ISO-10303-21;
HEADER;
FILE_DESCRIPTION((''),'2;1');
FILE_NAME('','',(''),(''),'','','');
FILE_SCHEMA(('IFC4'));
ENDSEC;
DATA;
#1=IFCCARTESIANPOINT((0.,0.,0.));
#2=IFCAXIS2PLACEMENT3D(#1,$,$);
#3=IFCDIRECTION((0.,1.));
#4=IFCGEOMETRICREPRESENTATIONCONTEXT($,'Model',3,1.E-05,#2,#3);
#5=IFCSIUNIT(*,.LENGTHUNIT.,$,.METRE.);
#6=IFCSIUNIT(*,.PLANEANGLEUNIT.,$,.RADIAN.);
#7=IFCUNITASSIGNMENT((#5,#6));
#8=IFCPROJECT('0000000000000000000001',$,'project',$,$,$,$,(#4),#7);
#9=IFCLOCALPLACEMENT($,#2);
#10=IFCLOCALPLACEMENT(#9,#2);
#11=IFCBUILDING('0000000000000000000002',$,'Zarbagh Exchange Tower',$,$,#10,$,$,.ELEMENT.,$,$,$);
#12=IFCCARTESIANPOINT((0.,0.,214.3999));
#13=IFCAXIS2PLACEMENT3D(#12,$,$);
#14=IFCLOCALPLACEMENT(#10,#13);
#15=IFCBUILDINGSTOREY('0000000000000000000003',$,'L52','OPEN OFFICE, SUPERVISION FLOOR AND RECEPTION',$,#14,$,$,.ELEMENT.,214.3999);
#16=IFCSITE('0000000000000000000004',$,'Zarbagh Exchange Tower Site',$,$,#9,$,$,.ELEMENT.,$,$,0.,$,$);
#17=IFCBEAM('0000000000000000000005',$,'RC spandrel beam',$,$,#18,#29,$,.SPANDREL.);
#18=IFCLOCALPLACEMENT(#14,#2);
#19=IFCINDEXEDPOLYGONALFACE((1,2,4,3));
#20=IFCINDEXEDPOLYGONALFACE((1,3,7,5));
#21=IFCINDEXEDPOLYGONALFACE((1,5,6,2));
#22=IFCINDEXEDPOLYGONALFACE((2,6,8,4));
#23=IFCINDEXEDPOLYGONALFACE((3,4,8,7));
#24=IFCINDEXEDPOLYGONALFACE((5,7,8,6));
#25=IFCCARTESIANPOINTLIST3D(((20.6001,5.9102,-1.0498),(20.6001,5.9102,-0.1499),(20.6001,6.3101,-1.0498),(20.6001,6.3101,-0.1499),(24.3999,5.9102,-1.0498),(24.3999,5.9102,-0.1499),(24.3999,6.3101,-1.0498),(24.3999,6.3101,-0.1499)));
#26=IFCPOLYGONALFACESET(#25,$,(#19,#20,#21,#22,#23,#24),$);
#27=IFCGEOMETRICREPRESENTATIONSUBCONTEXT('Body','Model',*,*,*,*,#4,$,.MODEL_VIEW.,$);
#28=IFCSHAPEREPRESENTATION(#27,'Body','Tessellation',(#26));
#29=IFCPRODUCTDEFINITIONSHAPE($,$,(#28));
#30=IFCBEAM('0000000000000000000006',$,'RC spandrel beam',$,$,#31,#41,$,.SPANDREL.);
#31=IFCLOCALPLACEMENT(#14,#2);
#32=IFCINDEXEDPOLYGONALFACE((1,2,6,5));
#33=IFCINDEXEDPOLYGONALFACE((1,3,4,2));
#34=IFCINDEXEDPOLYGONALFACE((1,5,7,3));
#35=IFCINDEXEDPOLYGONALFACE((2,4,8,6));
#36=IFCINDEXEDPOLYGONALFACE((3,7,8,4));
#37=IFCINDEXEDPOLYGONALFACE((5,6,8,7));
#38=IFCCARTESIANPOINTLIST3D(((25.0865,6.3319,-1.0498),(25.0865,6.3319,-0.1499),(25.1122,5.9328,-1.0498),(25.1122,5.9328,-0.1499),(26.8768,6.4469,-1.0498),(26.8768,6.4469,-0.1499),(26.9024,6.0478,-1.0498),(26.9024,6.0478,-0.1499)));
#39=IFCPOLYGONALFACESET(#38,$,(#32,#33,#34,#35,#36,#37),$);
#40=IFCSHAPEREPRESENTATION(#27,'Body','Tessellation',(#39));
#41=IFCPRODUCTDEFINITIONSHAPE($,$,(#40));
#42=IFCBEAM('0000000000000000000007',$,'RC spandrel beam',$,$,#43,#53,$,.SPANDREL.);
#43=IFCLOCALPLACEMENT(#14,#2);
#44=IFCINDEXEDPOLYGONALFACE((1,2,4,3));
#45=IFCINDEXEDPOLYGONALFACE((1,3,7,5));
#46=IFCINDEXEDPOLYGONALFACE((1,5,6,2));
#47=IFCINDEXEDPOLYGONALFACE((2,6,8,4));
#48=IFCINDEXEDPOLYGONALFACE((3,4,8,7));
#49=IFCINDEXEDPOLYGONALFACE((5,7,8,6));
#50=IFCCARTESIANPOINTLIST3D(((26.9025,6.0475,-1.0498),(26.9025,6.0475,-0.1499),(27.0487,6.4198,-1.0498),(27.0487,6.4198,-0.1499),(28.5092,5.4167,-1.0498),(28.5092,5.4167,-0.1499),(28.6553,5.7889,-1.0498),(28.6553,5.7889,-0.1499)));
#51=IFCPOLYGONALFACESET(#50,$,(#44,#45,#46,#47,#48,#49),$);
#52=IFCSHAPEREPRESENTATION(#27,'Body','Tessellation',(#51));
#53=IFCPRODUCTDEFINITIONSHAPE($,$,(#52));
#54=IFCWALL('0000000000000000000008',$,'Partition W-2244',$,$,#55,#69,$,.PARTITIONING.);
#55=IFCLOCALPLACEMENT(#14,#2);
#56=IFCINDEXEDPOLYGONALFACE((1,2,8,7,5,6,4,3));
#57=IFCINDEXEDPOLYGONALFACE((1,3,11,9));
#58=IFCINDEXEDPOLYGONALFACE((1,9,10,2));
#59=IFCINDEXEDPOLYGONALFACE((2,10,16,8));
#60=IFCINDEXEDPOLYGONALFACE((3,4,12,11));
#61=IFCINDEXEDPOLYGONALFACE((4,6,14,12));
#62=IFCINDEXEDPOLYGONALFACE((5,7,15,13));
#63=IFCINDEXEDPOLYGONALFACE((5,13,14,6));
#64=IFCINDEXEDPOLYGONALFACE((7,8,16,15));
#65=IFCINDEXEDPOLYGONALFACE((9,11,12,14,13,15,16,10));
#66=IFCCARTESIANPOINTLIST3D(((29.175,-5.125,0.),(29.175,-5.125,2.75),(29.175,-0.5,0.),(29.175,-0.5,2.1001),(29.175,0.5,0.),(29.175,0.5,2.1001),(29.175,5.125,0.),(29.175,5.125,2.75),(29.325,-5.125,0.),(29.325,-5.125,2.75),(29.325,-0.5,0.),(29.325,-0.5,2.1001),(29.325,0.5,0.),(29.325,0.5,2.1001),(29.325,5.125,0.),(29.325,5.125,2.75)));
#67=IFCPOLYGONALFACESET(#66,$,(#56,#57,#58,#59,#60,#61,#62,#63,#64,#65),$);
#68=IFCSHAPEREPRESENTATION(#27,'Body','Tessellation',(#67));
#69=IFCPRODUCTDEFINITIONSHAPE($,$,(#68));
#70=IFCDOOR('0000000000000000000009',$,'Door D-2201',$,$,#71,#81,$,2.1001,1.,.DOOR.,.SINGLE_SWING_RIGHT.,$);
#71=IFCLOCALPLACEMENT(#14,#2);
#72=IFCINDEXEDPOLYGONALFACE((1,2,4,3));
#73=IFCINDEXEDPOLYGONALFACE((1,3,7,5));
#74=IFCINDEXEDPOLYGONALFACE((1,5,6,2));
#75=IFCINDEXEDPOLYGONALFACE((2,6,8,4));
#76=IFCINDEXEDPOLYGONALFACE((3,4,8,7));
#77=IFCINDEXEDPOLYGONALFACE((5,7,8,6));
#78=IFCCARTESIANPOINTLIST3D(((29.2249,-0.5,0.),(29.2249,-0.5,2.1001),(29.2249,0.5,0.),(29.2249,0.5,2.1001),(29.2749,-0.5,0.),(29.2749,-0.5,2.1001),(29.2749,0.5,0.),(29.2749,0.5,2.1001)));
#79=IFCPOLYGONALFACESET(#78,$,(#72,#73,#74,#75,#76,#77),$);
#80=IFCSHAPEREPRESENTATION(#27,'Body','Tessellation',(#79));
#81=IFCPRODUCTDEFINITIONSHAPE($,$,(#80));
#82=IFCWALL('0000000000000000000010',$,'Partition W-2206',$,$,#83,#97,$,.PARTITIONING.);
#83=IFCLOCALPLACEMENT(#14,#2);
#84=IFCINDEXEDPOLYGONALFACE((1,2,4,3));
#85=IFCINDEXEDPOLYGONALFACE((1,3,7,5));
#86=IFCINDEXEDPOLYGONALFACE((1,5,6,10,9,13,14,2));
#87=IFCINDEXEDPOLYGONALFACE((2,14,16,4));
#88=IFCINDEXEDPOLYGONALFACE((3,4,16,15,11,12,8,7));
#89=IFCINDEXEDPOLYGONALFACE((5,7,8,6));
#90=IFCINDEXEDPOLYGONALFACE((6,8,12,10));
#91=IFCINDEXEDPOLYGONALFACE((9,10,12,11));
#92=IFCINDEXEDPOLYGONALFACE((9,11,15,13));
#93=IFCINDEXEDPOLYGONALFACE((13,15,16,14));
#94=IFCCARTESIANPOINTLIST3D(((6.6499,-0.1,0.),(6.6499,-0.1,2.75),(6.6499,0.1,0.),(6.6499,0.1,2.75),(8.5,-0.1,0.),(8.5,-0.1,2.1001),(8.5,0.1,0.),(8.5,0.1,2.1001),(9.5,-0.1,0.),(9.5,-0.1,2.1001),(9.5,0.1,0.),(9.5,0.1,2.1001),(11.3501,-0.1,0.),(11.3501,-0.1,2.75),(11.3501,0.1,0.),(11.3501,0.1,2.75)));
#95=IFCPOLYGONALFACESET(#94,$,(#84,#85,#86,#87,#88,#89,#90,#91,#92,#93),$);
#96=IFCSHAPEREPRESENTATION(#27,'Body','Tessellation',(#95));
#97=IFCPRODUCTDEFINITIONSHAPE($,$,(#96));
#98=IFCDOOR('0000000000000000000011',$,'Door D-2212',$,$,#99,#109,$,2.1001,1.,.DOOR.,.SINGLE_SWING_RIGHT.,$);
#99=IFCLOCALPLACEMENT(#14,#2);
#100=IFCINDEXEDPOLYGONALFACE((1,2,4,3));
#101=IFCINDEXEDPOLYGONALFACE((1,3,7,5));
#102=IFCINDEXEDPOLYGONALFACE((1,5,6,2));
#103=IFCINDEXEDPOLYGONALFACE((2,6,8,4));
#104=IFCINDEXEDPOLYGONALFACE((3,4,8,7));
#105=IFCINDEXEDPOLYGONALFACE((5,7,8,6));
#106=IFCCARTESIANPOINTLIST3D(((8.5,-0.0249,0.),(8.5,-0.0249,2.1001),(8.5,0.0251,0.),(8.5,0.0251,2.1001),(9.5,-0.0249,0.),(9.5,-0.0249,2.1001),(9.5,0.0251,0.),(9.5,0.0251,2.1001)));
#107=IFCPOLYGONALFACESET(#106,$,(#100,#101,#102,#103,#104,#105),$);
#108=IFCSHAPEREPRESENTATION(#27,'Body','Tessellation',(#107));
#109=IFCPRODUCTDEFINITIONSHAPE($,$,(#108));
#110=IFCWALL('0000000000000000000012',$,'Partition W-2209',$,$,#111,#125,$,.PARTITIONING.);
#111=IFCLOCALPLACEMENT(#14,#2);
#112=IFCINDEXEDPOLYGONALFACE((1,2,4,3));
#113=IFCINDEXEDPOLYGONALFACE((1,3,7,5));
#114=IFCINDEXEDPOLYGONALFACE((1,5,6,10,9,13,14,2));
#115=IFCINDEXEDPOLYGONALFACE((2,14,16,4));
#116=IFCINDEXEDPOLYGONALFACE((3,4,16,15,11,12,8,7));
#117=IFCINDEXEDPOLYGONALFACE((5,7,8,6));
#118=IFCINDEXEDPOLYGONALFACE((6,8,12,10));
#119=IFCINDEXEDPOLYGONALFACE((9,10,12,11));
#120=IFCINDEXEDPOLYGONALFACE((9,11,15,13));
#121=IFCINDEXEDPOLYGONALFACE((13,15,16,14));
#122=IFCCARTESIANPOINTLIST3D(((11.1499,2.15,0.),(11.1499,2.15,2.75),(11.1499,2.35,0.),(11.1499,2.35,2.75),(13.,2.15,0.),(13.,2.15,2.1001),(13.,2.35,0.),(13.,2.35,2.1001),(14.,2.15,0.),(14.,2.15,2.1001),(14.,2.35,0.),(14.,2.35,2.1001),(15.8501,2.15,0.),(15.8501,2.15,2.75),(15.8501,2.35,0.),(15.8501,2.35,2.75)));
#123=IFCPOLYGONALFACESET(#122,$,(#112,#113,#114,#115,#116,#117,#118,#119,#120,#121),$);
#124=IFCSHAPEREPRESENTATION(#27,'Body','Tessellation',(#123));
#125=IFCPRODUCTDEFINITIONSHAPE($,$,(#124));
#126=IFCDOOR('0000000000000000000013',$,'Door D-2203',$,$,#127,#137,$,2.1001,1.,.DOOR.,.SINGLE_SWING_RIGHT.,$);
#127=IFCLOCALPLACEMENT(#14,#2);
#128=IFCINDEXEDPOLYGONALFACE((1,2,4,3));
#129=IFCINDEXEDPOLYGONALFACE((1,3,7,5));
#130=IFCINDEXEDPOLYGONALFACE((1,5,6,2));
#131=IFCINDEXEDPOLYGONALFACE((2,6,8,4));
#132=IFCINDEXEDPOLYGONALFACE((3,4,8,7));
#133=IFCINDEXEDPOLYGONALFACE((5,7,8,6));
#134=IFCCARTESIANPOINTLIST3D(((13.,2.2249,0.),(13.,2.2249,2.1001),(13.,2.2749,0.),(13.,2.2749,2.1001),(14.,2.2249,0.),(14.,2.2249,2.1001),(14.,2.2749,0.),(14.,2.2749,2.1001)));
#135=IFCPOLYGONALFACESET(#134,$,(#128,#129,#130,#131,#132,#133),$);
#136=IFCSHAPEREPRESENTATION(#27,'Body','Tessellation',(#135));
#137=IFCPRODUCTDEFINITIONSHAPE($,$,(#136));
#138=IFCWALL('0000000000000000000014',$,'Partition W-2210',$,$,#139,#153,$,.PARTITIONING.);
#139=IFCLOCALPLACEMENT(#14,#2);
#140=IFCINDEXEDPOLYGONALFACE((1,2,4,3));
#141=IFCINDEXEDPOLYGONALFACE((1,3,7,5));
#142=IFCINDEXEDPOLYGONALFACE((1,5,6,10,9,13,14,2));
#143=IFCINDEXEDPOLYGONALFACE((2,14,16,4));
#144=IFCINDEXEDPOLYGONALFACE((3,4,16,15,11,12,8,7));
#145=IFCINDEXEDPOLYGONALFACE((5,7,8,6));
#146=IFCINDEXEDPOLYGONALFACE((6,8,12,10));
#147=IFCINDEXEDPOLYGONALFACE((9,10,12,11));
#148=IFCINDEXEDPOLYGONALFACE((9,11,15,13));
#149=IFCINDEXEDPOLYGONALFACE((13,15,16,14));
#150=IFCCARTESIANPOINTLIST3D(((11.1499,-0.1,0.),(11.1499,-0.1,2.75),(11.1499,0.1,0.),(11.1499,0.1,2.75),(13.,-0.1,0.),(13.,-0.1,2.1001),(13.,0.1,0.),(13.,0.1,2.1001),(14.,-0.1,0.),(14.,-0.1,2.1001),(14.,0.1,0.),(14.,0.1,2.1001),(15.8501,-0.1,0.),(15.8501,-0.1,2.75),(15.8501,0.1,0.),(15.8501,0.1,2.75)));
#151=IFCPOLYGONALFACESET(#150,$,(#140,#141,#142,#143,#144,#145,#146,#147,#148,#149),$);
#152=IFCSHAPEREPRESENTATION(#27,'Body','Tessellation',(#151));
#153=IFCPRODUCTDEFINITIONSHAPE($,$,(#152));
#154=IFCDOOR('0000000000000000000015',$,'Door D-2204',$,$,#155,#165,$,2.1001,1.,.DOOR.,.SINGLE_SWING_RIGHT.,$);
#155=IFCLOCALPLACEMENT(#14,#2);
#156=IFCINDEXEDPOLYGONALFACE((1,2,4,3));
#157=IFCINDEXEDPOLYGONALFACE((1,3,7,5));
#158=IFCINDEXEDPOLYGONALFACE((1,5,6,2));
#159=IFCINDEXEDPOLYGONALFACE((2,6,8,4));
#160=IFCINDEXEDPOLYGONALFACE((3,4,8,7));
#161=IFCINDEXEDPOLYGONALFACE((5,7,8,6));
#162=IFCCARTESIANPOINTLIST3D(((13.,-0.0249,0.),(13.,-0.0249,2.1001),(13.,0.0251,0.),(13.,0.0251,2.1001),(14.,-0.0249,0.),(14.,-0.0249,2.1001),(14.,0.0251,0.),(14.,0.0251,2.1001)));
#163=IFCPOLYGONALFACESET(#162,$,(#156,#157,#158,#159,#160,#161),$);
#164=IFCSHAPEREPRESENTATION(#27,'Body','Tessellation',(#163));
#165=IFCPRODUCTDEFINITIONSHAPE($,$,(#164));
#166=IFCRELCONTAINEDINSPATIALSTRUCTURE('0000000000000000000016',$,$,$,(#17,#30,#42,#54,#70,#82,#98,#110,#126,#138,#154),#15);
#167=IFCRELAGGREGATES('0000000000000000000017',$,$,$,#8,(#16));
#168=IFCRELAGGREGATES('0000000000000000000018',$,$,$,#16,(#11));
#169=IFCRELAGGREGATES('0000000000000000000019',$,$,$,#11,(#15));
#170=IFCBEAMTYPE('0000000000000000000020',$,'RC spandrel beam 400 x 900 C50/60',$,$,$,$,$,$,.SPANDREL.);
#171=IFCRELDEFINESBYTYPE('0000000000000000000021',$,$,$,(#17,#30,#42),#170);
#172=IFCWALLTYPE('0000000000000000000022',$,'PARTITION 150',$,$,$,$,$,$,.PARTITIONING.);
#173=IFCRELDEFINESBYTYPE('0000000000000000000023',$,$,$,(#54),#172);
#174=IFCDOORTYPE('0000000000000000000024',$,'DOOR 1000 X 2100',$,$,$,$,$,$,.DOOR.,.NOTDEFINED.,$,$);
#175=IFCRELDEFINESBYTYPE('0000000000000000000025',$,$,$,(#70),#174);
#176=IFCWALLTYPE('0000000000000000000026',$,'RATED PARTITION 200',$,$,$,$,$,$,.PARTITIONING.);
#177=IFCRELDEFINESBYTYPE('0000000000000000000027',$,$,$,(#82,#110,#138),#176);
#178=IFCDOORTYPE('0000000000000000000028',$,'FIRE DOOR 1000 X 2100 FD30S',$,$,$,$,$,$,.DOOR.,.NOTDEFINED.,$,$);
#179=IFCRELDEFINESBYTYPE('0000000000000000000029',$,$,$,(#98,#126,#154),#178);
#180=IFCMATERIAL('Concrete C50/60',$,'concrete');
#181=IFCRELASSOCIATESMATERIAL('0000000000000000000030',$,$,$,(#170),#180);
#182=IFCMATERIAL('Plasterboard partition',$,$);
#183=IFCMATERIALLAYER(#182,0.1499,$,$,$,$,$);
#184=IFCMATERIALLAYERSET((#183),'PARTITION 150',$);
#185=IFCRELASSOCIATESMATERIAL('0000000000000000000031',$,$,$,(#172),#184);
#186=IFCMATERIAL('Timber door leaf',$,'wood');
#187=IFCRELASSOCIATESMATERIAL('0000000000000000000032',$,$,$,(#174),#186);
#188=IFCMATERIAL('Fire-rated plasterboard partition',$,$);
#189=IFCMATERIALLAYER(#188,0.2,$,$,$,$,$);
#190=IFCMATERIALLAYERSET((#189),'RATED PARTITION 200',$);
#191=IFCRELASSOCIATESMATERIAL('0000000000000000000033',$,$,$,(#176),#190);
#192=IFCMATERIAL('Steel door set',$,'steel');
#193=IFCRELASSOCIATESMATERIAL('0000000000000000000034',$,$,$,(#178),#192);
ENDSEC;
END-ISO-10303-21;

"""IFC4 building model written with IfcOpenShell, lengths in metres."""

from ifc_helpers import new_model, si_unit, direction, frame, frame_2d, origin, origin_2d, place, context, subcontext, project, spatial, rectangle, extrude, material, layer, layer_set, material_profile, profile_set, type_object, element, fill, save


model = new_model("IFC4")

# Units and contexts
model_context = context("Model", 3, precision=1e-05, world=origin(), true_north=direction((0.0, 1.0)))
body_context = subcontext(model_context, "Body", "Model", "MODEL_VIEW")
ifc_project = project(units=[si_unit("LENGTHUNIT", "METRE"), si_unit("PLANEANGLEUNIT", "RADIAN")], contexts=[model_context])

# Site, building, storey
site_placement = place(None, origin())
site = spatial("IfcSite", under=ifc_project, at=site_placement, Name="Zarbagh Exchange Tower Site", CompositionType="ELEMENT", RefElevation=0.0)
building_placement = place(site_placement, origin())
building = spatial("IfcBuilding", under=site, at=building_placement, Name="Zarbagh Exchange Tower", CompositionType="ELEMENT")
storey_placement = place(building_placement, frame((0.0, 0.0, 214.3999)))
storey = spatial("IfcBuildingStorey", under=building, at=storey_placement, Name="L52", Description="OPEN OFFICE, SUPERVISION FLOOR AND RECEPTION", CompositionType="ELEMENT", Elevation=214.3999)

# Shared definitions
ifc_material_1 = material(Name="Concrete C50/60", Category="concrete")

# Beams
ifc_material_profile_1 = material_profile(ifc_material_1, rectangle(XDim=0.3999, YDim=0.8999, at=origin_2d()), Name="RC spandrel beam 400 x 900 C50/60")
ifc_profile_set_1 = profile_set([ifc_material_profile_1], Name="Concrete C50/60")
beam_type_1 = type_object("IfcBeamType", Name="RC spandrel beam 400 x 900 C50/60", PredefinedType="SPANDREL", material=ifc_profile_set_1)
beam_1_placement = place(storey_placement, frame((20.6001, 6.1101, -0.5999), z_axis=(1.0, 0.0, 0.0), x_axis=(0.0, 1.0, 0.0)))
element("IfcBeam", 1, at=beam_1_placement, inside=storey, type_object=beam_type_1, Name="RC spandrel beam", PredefinedType="SPANDREL", context=body_context, shape_type="SweptSolid", body=[
    extrude(rectangle(XDim=0.3999, YDim=0.8999, at=origin_2d()), origin(), (0.0, 0.0, 1.0), 3.7998),
])
beam_2_placement = place(storey_placement, frame((25.0994, 6.1323, -0.5999), z_axis=(0.997944, 0.064098, 0.0), x_axis=(-0.064098, 0.997944, 0.0)))
element("IfcBeam", 2, at=beam_2_placement, inside=storey, type_object=beam_type_1, Name="RC spandrel beam", PredefinedType="SPANDREL", context=body_context, shape_type="SweptSolid", body=[
    extrude(rectangle(XDim=0.3999, YDim=0.8999, at=origin_2d()), origin(), (0.0, 0.0, 1.0), 1.7939),
])
beam_3_placement = place(storey_placement, frame((26.9756, 6.2336, -0.5999), z_axis=(0.930819, -0.365482, 0.0), x_axis=(0.365482, 0.930819, 0.0)))
element("IfcBeam", 3, at=beam_3_placement, inside=storey, type_object=beam_type_1, Name="RC spandrel beam", PredefinedType="SPANDREL", context=body_context, shape_type="SweptSolid", body=[
    extrude(rectangle(XDim=0.3999, YDim=0.8999, at=origin_2d()), origin(), (0.0, 0.0, 1.0), 1.7261),
])

# Walls, openings, doors
ifc_material_2 = material(Name="Plasterboard partition")
ifc_layer_1 = layer(ifc_material_2, 0.1499)
ifc_layer_set_1 = layer_set([ifc_layer_1], Name="PARTITION 150")
wall_type_1 = type_object("IfcWallType", Name="PARTITION 150", PredefinedType="PARTITIONING", material=ifc_layer_set_1)
wall_1_placement = place(storey_placement, frame((29.25, 5.125, 0.0), z_axis=(0.0, 0.0, 1.0), x_axis=(0.0, -1.0, 0.0)))
wall_1 = element("IfcWall", 4, at=wall_1_placement, inside=storey, type_object=wall_type_1, Name="Partition W-2244", PredefinedType="PARTITIONING", context=body_context, shape_type="SweptSolid", body=[
    extrude(rectangle(XDim=10.25, YDim=0.1499, at=frame_2d((5.125, 0.0))), origin(), (0.0, 0.0, 1.0), 2.75),
])
opening_1_placement = place(wall_1_placement, frame((4.625, 0.0, 0.0)))
opening_1 = element("IfcOpeningElement", 5, at=opening_1_placement, cuts=wall_1, PredefinedType="OPENING", context=body_context, shape_type="SweptSolid", body=[
    extrude(rectangle(XDim=1.0, YDim=2.1001, at=frame_2d((0.5, 1.05))), frame((0.0, 0.085, 0.0), z_axis=(0.0, -1.0, 0.0), x_axis=(1.0, 0.0, 0.0)), (0.0, 0.0, 1.0), 0.1699),
])
ifc_material_3 = material(Name="Timber door leaf", Category="wood")
door_type_1 = type_object("IfcDoorType", Name="DOOR 1000 X 2100", OperationType="NOTDEFINED", PredefinedType="DOOR", material=ifc_material_3)
door_1_placement = place(opening_1_placement, origin())
door_1 = element("IfcDoor", 6, at=door_1_placement, inside=storey, type_object=door_type_1, Name="Door D-2201", OperationType="SINGLE_SWING_RIGHT", OverallHeight=2.1001, OverallWidth=1.0, PredefinedType="DOOR", context=body_context, shape_type="SweptSolid", body=[
    extrude(rectangle(XDim=1.0, YDim=2.1001, at=frame_2d((0.5, 1.05))), frame((0.0, 0.0249, 0.0), z_axis=(0.0, -1.0, 0.0), x_axis=(1.0, 0.0, 0.0)), (0.0, 0.0, 1.0), 0.05),
])
fill(opening_1, door_1)
ifc_material_4 = material(Name="Fire-rated plasterboard partition")
ifc_layer_2 = layer(ifc_material_4, 0.2)
ifc_layer_set_2 = layer_set([ifc_layer_2], Name="RATED PARTITION 200")
wall_type_2 = type_object("IfcWallType", Name="RATED PARTITION 200", PredefinedType="PARTITIONING", material=ifc_layer_set_2)
wall_2_placement = place(storey_placement, frame((11.3501, 0.0, 0.0), z_axis=(0.0, 0.0, 1.0), x_axis=(-1.0, 0.0, 0.0)))
wall_2 = element("IfcWall", 7, at=wall_2_placement, inside=storey, type_object=wall_type_2, Name="Partition W-2206", PredefinedType="PARTITIONING", context=body_context, shape_type="SweptSolid", body=[
    extrude(rectangle(XDim=4.7002, YDim=0.2, at=frame_2d((2.3501, 0.0))), origin(), (0.0, 0.0, 1.0), 2.75),
])
opening_2_placement = place(wall_2_placement, frame((1.8501, 0.0, 0.0)))
opening_2 = element("IfcOpeningElement", 8, at=opening_2_placement, cuts=wall_2, PredefinedType="OPENING", context=body_context, shape_type="SweptSolid", body=[
    extrude(rectangle(XDim=1.0, YDim=2.1001, at=frame_2d((0.5, 1.05))), frame((0.0, 0.1099, 0.0), z_axis=(0.0, -1.0, 0.0), x_axis=(1.0, 0.0, 0.0)), (0.0, 0.0, 1.0), 0.22),
])
ifc_material_5 = material(Name="Steel door set", Category="steel")
door_type_2 = type_object("IfcDoorType", Name="FIRE DOOR 1000 X 2100 FD30S", OperationType="NOTDEFINED", PredefinedType="DOOR", material=ifc_material_5)
door_2_placement = place(opening_2_placement, origin())
door_2 = element("IfcDoor", 9, at=door_2_placement, inside=storey, type_object=door_type_2, Name="Door D-2212", OperationType="SINGLE_SWING_RIGHT", OverallHeight=2.1001, OverallWidth=1.0, PredefinedType="DOOR", context=body_context, shape_type="SweptSolid", body=[
    extrude(rectangle(XDim=1.0, YDim=2.1001, at=frame_2d((0.5, 1.05))), frame((0.0, 0.0249, 0.0), z_axis=(0.0, -1.0, 0.0), x_axis=(1.0, 0.0, 0.0)), (0.0, 0.0, 1.0), 0.05),
])
fill(opening_2, door_2)
wall_3_placement = place(storey_placement, frame((11.1499, 2.25, 0.0), z_axis=(0.0, 0.0, 1.0), x_axis=(1.0, 0.0, 0.0)))
wall_3 = element("IfcWall", 10, at=wall_3_placement, inside=storey, type_object=wall_type_2, Name="Partition W-2209", PredefinedType="PARTITIONING", context=body_context, shape_type="SweptSolid", body=[
    extrude(rectangle(XDim=4.7002, YDim=0.2, at=frame_2d((2.3501, 0.0))), origin(), (0.0, 0.0, 1.0), 2.75),
])
opening_3_placement = place(wall_3_placement, frame((1.8501, 0.0, 0.0)))
opening_3 = element("IfcOpeningElement", 11, at=opening_3_placement, cuts=wall_3, PredefinedType="OPENING", context=body_context, shape_type="SweptSolid", body=[
    extrude(rectangle(XDim=1.0, YDim=2.1001, at=frame_2d((0.5, 1.05))), frame((0.0, 0.1099, 0.0), z_axis=(0.0, -1.0, 0.0), x_axis=(1.0, 0.0, 0.0)), (0.0, 0.0, 1.0), 0.22),
])
door_3_placement = place(opening_3_placement, origin())
door_3 = element("IfcDoor", 12, at=door_3_placement, inside=storey, type_object=door_type_2, Name="Door D-2203", OperationType="SINGLE_SWING_RIGHT", OverallHeight=2.1001, OverallWidth=1.0, PredefinedType="DOOR", context=body_context, shape_type="SweptSolid", body=[
    extrude(rectangle(XDim=1.0, YDim=2.1001, at=frame_2d((0.5, 1.05))), frame((0.0, 0.0249, 0.0), z_axis=(0.0, -1.0, 0.0), x_axis=(1.0, 0.0, 0.0)), (0.0, 0.0, 1.0), 0.05),
])
fill(opening_3, door_3)
wall_4_placement = place(storey_placement, frame((15.8501, 0.0, 0.0), z_axis=(0.0, 0.0, 1.0), x_axis=(-1.0, 0.0, 0.0)))
wall_4 = element("IfcWall", 13, at=wall_4_placement, inside=storey, type_object=wall_type_2, Name="Partition W-2210", PredefinedType="PARTITIONING", context=body_context, shape_type="SweptSolid", body=[
    extrude(rectangle(XDim=4.7002, YDim=0.2, at=frame_2d((2.3501, 0.0))), origin(), (0.0, 0.0, 1.0), 2.75),
])
opening_4_placement = place(wall_4_placement, frame((1.8501, 0.0, 0.0)))
opening_4 = element("IfcOpeningElement", 14, at=opening_4_placement, cuts=wall_4, PredefinedType="OPENING", context=body_context, shape_type="SweptSolid", body=[
    extrude(rectangle(XDim=1.0, YDim=2.1001, at=frame_2d((0.5, 1.05))), frame((0.0, 0.1099, 0.0), z_axis=(0.0, -1.0, 0.0), x_axis=(1.0, 0.0, 0.0)), (0.0, 0.0, 1.0), 0.22),
])
door_4_placement = place(opening_4_placement, origin())
door_4 = element("IfcDoor", 15, at=door_4_placement, inside=storey, type_object=door_type_2, Name="Door D-2204", OperationType="SINGLE_SWING_RIGHT", OverallHeight=2.1001, OverallWidth=1.0, PredefinedType="DOOR", context=body_context, shape_type="SweptSolid", body=[
    extrude(rectangle(XDim=1.0, YDim=2.1001, at=frame_2d((0.5, 1.05))), frame((0.0, 0.0249, 0.0), z_axis=(0.0, -1.0, 0.0), x_axis=(1.0, 0.0, 0.0)), (0.0, 0.0, 1.0), 0.05),
])
fill(opening_4, door_4)

save(model, "model.ifc")
